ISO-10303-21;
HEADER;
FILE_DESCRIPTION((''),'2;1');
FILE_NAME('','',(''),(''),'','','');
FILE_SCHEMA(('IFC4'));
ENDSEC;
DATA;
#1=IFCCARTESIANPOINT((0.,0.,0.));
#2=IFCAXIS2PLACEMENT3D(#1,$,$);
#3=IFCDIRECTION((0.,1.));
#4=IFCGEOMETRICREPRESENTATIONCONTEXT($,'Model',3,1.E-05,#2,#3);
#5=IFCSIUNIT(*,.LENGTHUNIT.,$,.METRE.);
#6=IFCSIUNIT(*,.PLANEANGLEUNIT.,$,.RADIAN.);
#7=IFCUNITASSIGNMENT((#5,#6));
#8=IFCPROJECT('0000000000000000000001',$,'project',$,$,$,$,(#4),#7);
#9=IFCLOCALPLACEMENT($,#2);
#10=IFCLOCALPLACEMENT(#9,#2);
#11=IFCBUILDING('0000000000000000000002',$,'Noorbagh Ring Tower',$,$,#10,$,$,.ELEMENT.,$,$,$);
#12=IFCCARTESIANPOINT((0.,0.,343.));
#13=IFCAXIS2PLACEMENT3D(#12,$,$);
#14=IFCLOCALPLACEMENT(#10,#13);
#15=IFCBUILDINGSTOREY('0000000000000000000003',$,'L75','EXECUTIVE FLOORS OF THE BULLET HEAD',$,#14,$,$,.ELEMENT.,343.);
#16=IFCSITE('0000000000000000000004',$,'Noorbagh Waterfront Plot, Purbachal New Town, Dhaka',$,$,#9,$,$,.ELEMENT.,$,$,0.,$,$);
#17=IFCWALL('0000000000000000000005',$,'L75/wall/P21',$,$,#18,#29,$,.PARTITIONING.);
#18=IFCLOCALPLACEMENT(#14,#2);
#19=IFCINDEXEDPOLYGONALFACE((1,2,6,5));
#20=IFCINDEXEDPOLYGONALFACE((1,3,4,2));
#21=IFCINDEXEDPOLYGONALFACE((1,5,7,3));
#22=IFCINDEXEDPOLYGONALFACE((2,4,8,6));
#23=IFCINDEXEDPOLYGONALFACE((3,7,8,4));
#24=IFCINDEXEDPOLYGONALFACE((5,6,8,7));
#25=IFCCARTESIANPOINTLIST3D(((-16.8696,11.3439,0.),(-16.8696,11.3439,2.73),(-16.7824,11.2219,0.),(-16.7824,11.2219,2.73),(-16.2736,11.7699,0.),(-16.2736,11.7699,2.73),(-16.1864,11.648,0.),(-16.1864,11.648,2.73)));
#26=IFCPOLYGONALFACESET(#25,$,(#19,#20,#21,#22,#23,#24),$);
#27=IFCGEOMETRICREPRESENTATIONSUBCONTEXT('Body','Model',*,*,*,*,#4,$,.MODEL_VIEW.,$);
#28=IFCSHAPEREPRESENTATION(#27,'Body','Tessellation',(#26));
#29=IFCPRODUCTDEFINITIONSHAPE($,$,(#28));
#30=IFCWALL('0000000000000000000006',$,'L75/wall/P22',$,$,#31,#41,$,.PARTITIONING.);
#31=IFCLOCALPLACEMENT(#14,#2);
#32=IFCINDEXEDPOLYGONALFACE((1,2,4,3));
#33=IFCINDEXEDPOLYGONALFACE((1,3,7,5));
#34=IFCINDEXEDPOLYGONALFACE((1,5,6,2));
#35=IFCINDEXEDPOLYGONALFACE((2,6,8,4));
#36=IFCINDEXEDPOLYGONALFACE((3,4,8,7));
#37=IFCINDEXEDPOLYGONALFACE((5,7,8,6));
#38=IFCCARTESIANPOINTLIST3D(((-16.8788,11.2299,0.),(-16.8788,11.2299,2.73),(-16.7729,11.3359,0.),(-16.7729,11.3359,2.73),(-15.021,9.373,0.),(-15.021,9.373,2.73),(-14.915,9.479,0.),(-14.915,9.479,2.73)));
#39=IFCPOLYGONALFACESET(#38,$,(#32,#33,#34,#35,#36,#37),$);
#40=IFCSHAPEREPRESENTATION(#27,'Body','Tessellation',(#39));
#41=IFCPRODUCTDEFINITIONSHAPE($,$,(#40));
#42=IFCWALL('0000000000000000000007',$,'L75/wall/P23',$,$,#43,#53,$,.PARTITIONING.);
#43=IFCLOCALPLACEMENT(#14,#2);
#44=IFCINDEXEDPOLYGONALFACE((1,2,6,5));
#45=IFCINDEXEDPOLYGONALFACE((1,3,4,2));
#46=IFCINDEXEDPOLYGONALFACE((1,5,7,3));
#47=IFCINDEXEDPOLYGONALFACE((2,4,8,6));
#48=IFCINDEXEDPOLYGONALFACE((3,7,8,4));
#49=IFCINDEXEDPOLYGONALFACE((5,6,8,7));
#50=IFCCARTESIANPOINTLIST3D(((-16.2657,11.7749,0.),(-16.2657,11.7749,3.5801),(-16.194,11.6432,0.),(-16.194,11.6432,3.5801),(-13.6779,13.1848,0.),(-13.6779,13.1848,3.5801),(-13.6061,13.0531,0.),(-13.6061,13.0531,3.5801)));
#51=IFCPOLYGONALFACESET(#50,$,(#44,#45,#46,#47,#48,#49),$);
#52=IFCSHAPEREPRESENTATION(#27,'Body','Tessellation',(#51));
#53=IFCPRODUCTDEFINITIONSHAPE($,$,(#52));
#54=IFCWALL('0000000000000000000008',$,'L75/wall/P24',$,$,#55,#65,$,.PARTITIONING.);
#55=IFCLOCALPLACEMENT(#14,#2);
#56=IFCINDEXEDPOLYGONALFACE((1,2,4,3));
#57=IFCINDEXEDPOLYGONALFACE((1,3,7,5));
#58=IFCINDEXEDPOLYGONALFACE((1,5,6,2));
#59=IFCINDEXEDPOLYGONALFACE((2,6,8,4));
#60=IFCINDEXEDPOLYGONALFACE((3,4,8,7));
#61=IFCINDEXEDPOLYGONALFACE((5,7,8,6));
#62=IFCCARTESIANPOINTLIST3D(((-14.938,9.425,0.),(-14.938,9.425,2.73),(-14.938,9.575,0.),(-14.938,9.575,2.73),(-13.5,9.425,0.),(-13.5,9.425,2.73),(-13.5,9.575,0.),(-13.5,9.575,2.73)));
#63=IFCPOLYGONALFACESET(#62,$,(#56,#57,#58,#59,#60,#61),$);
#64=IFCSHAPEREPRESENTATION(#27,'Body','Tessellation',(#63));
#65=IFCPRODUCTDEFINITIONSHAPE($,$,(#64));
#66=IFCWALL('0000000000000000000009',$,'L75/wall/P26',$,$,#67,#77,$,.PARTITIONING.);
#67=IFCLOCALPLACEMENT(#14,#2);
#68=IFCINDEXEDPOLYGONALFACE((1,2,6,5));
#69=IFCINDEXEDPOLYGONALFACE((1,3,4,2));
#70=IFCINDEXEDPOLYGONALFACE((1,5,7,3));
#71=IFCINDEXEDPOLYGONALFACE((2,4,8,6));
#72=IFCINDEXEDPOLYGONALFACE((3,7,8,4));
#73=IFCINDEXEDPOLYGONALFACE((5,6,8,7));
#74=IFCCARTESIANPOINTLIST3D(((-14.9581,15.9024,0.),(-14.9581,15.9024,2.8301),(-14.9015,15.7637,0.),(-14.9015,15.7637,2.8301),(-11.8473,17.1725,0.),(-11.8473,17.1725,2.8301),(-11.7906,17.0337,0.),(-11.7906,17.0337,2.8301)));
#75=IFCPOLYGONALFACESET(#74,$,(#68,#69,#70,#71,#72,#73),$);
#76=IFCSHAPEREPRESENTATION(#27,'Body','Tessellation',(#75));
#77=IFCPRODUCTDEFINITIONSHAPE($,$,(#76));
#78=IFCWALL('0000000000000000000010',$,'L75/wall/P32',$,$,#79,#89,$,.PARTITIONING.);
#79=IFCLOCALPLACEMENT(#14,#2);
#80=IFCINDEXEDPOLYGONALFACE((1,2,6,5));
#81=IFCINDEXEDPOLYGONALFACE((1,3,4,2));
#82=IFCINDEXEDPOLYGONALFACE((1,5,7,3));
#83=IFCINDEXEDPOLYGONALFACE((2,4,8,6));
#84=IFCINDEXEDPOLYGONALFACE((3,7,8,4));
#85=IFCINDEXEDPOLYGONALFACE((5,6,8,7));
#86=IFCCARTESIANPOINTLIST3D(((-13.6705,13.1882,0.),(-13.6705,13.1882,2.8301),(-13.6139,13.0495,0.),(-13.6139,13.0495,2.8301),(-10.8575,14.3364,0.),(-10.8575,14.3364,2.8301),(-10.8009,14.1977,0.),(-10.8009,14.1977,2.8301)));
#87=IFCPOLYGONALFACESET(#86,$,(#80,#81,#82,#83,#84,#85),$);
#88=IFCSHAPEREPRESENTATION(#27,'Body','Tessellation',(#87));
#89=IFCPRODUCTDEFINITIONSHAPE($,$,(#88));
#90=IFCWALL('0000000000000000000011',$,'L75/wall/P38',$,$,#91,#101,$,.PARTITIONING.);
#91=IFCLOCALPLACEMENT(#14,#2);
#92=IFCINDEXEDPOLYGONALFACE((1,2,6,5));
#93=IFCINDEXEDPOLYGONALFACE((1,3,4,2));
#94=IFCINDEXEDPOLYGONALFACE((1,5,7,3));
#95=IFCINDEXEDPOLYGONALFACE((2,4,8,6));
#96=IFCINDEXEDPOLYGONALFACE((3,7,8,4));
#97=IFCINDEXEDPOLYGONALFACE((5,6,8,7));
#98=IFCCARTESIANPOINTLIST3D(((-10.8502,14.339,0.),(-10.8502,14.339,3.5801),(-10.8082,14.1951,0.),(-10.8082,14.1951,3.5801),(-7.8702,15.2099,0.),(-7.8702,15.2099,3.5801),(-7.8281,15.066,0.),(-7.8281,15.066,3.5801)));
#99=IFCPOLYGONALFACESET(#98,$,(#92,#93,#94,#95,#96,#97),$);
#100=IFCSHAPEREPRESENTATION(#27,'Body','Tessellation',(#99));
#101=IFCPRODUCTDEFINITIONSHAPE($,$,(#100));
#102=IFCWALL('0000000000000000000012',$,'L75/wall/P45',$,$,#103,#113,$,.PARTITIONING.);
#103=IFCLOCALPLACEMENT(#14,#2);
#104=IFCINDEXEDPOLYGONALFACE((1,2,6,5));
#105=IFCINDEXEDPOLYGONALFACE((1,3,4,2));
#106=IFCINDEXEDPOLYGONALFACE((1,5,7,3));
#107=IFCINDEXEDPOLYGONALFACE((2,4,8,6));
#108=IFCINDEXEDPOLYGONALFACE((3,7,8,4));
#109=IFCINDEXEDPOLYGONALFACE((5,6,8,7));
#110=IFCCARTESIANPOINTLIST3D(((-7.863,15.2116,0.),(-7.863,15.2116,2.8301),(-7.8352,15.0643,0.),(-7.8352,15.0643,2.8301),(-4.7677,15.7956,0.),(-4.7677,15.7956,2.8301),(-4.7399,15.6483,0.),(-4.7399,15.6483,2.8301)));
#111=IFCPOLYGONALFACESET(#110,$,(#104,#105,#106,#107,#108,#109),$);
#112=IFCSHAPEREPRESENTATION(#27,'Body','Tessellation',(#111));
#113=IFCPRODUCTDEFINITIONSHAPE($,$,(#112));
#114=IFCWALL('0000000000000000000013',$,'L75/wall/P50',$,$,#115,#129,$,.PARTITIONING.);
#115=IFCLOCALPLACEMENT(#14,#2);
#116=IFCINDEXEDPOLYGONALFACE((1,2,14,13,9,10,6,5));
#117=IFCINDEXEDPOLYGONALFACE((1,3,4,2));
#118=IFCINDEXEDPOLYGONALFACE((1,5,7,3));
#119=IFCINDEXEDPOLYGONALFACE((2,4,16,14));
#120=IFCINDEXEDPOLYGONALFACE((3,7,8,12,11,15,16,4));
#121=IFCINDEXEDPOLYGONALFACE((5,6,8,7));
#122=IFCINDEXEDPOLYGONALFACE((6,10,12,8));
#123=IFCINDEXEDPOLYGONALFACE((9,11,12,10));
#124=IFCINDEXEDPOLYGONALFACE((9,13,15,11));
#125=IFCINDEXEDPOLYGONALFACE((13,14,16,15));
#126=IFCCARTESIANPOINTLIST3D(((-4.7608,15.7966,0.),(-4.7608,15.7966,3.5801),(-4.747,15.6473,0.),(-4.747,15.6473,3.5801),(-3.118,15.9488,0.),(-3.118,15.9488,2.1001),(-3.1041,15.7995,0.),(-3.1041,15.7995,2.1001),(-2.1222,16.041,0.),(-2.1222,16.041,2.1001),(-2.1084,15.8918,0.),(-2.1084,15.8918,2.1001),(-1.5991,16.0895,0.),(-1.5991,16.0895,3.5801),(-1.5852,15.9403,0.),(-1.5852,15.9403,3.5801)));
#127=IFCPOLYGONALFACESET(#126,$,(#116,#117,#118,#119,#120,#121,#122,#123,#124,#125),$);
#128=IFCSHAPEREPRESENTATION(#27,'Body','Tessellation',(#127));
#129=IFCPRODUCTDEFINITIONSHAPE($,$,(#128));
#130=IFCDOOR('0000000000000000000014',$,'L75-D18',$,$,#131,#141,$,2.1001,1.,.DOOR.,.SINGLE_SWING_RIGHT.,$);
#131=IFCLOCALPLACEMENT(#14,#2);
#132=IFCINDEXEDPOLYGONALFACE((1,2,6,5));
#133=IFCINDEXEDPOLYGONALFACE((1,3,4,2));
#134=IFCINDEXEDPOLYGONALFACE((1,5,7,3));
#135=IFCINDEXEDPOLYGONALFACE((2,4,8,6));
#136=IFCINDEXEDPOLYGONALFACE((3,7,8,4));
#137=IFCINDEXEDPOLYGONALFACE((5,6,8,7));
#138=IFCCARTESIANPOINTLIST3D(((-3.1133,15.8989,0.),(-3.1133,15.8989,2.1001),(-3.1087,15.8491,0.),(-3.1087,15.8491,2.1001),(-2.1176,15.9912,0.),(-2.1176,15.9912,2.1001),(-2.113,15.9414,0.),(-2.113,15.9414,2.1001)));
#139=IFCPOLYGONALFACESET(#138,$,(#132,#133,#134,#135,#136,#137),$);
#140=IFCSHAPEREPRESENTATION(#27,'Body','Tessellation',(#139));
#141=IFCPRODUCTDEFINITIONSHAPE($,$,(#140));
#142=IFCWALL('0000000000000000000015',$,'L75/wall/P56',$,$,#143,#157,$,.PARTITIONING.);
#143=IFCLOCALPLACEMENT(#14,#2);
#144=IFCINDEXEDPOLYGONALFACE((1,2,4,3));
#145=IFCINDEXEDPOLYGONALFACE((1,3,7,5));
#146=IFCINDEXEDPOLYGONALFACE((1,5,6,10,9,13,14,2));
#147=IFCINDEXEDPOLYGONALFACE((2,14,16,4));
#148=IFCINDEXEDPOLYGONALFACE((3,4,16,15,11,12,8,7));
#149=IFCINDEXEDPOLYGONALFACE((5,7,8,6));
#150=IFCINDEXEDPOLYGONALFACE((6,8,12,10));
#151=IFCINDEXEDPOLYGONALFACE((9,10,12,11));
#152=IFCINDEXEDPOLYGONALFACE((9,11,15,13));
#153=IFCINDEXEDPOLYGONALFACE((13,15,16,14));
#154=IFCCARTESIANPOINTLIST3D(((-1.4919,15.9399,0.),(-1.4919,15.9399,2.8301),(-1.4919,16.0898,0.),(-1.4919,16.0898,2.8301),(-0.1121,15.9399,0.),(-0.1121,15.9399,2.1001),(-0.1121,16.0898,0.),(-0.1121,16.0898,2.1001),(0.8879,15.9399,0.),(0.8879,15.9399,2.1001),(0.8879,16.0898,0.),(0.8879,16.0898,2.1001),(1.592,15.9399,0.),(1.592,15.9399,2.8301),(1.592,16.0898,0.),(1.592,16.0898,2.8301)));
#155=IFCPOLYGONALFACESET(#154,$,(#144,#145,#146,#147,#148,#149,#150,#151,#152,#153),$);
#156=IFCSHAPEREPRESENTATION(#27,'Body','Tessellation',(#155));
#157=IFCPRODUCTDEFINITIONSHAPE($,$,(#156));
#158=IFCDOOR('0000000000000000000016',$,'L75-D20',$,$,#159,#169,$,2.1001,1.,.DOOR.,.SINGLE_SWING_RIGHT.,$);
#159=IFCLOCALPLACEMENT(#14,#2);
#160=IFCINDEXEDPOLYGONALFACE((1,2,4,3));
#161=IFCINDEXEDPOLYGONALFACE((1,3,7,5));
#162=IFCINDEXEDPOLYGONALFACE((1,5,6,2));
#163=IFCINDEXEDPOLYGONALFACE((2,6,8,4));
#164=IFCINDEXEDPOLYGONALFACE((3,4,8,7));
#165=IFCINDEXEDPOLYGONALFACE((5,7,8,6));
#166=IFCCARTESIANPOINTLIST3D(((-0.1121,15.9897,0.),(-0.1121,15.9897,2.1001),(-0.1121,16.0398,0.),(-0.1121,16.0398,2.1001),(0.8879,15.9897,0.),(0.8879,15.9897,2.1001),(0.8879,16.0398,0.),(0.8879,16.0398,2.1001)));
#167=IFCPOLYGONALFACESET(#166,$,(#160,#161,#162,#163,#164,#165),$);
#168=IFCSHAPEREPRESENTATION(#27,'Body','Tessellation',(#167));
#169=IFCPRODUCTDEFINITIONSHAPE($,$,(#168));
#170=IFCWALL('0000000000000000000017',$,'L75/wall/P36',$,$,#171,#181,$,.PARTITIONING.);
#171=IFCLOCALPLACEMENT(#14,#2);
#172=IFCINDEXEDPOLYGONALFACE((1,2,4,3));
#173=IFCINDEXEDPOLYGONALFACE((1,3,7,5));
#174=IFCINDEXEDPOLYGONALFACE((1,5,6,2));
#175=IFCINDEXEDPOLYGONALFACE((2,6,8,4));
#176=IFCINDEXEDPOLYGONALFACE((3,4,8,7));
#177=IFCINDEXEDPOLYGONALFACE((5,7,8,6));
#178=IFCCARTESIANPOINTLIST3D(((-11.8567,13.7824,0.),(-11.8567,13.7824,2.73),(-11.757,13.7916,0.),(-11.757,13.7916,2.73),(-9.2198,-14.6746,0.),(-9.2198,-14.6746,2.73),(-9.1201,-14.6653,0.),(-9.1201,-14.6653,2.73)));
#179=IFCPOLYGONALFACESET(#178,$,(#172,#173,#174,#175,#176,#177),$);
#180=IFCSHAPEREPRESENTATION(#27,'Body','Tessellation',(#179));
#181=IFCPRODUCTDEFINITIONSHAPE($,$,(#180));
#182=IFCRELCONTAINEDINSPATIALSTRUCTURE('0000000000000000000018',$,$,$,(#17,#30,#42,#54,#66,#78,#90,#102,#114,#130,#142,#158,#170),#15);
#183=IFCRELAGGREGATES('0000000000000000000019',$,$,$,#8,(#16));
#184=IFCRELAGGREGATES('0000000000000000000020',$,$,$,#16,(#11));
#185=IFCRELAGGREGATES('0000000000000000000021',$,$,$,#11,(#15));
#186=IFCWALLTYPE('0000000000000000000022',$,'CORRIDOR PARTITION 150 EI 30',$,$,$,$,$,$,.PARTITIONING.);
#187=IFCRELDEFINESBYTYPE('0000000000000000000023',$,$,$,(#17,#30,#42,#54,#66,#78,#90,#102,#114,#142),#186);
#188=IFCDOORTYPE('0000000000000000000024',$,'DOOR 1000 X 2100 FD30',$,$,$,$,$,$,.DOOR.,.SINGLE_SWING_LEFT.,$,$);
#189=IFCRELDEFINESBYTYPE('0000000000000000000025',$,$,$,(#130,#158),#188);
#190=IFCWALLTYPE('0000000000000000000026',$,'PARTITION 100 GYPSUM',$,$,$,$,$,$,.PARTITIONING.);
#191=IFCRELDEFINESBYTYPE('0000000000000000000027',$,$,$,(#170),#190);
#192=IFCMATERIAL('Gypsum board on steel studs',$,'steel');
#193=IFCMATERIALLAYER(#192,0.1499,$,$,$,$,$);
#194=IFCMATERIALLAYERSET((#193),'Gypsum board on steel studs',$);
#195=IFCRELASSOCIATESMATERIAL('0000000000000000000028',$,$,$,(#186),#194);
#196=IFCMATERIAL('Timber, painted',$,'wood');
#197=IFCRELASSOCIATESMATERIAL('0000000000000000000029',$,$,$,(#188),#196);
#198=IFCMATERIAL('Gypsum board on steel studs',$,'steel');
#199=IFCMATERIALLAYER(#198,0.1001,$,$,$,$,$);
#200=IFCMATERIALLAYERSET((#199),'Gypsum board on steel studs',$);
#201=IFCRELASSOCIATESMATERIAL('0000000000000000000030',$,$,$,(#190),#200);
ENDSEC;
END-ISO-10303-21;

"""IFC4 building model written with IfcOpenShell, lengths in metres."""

from ifc_helpers import new_model, si_unit, direction, frame, frame_2d, origin, place, context, subcontext, project, spatial, rectangle, extrude, material, layer, layer_set, type_object, element, fill, save


model = new_model("IFC4")

# Units and contexts
model_context = context("Model", 3, precision=1e-05, world=origin(), true_north=direction((0.0, 1.0)))
body_context = subcontext(model_context, "Body", "Model", "MODEL_VIEW")
ifc_project = project(units=[si_unit("LENGTHUNIT", "METRE"), si_unit("PLANEANGLEUNIT", "RADIAN")], contexts=[model_context])

# Site, building, storey
site_placement = place(None, origin())
site = spatial("IfcSite", under=ifc_project, at=site_placement, Name="Noorbagh Waterfront Plot, Purbachal New Town, Dhaka", CompositionType="ELEMENT", RefElevation=0.0)
building_placement = place(site_placement, origin())
building = spatial("IfcBuilding", under=site, at=building_placement, Name="Noorbagh Ring Tower", CompositionType="ELEMENT")
storey_placement = place(building_placement, frame((0.0, 0.0, 343.0)))
storey = spatial("IfcBuildingStorey", under=building, at=storey_placement, Name="L75", Description="EXECUTIVE FLOORS OF THE BULLET HEAD", CompositionType="ELEMENT", Elevation=343.0)

# Walls
ifc_material_1 = material(Name="Gypsum board on steel studs", Category="steel")
ifc_layer_1 = layer(ifc_material_1, 0.1499)
ifc_layer_set_1 = layer_set([ifc_layer_1], Name="Gypsum board on steel studs")
wall_type_1 = type_object("IfcWallType", Name="CORRIDOR PARTITION 150 EI 30", PredefinedType="PARTITIONING", material=ifc_layer_set_1)
wall_1_placement = place(storey_placement, frame((-16.8259, 11.283, 0.0), z_axis=(0.0, 0.0, 1.0), x_axis=(0.813508, 0.581553, 0.0)))
element("IfcWall", 1, at=wall_1_placement, inside=storey, type_object=wall_type_1, Name="L75/wall/P21", PredefinedType="PARTITIONING", context=body_context, shape_type="SweptSolid", body=[
    extrude(rectangle(XDim=0.7327, YDim=0.1499, at=frame_2d((0.3662, 0.0))), origin(), (0.0, 0.0, 1.0), 2.73),
])
wall_2_placement = place(storey_placement, frame((-16.8259, 11.283, 0.0), z_axis=(0.0, 0.0, 1.0), x_axis=(0.707293, -0.706921, 0.0)))
element("IfcWall", 2, at=wall_2_placement, inside=storey, type_object=wall_type_1, Name="L75/wall/P22", PredefinedType="PARTITIONING", context=body_context, shape_type="SweptSolid", body=[
    extrude(rectangle(XDim=2.6267, YDim=0.1499, at=frame_2d((1.3135, 0.0))), origin(), (0.0, 0.0, 1.0), 2.73),
])
wall_3_placement = place(storey_placement, frame((-16.23, 11.709, 0.0), z_axis=(0.0, 0.0, 1.0), x_axis=(0.878133, 0.478417, 0.0)))
element("IfcWall", 3, at=wall_3_placement, inside=storey, type_object=wall_type_1, Name="L75/wall/P23", PredefinedType="PARTITIONING", context=body_context, shape_type="SweptSolid", body=[
    extrude(rectangle(XDim=2.947, YDim=0.1499, at=frame_2d((1.4736, 0.0))), origin(), (0.0, 0.0, 1.0), 3.5801),
])
wall_4_placement = place(storey_placement, frame((-14.938, 9.5, 0.0), z_axis=(0.0, 0.0, 1.0), x_axis=(1.0, 0.0, 0.0)))
element("IfcWall", 4, at=wall_4_placement, inside=storey, type_object=wall_type_1, Name="L75/wall/P24", PredefinedType="PARTITIONING", context=body_context, shape_type="SweptSolid", body=[
    extrude(rectangle(XDim=1.438, YDim=0.1499, at=frame_2d((0.719, 0.0))), origin(), (0.0, 0.0, 1.0), 2.73),
])
wall_5_placement = place(storey_placement, frame((-14.9299, 15.833, 0.0), z_axis=(0.0, 0.0, 1.0), x_axis=(0.925818, 0.377971, 0.0)))
element("IfcWall", 5, at=wall_5_placement, inside=storey, type_object=wall_type_1, Name="L75/wall/P26", PredefinedType="PARTITIONING", context=body_context, shape_type="SweptSolid", body=[
    extrude(rectangle(XDim=3.3601, YDim=0.1499, at=frame_2d((1.6802, 0.0))), origin(), (0.0, 0.0, 1.0), 2.8301),
])
wall_6_placement = place(storey_placement, frame((-13.6421, 13.1189, 0.0), z_axis=(0.0, 0.0, 1.0), x_axis=(0.925844, 0.377907, 0.0)))
element("IfcWall", 6, at=wall_6_placement, inside=storey, type_object=wall_type_1, Name="L75/wall/P32", PredefinedType="PARTITIONING", context=body_context, shape_type="SweptSolid", body=[
    extrude(rectangle(XDim=3.0383, YDim=0.1499, at=frame_2d((1.519, 0.0))), origin(), (0.0, 0.0, 1.0), 2.8301),
])
wall_7_placement = place(storey_placement, frame((-10.8291, 14.2671, 0.0), z_axis=(0.0, 0.0, 1.0), x_axis=(0.959854, 0.280501, 0.0)))
element("IfcWall", 7, at=wall_7_placement, inside=storey, type_object=wall_type_1, Name="L75/wall/P38", PredefinedType="PARTITIONING", context=body_context, shape_type="SweptSolid", body=[
    extrude(rectangle(XDim=3.1047, YDim=0.1499, at=frame_2d((1.5522, 0.0))), origin(), (0.0, 0.0, 1.0), 3.5801),
])
wall_8_placement = place(storey_placement, frame((-7.8491, 15.1379, 0.0), z_axis=(0.0, 0.0, 1.0), x_axis=(0.982663, 0.185402, 0.0)))
element("IfcWall", 8, at=wall_8_placement, inside=storey, type_object=wall_type_1, Name="L75/wall/P45", PredefinedType="PARTITIONING", context=body_context, shape_type="SweptSolid", body=[
    extrude(rectangle(XDim=3.1499, YDim=0.1499, at=frame_2d((1.575, 0.0))), origin(), (0.0, 0.0, 1.0), 2.8301),
])

# Walls, openings, doors
wall_9_placement = place(storey_placement, frame((-4.7539, 15.7219, 0.0), z_axis=(0.0, 0.0, 1.0), x_axis=(0.995735, 0.092262, 0.0)))
wall_9 = element("IfcWall", 9, at=wall_9_placement, inside=storey, type_object=wall_type_1, Name="L75/wall/P50", PredefinedType="PARTITIONING", context=body_context, shape_type="SweptSolid", body=[
    extrude(rectangle(XDim=3.1753, YDim=0.1499, at=frame_2d((1.5876, 0.0))), origin(), (0.0, 0.0, 1.0), 3.5801),
])
opening_1_placement = place(wall_9_placement, frame((1.6499, 0.0, 0.0)))
opening_1 = element("IfcOpeningElement", 10, at=opening_1_placement, cuts=wall_9, PredefinedType="OPENING", context=body_context, shape_type="SweptSolid", body=[
    extrude(rectangle(XDim=1.0, YDim=2.1001, at=frame_2d((0.5, 1.05))), frame((0.0, 0.085, 0.0), z_axis=(0.0, -1.0, 0.0), x_axis=(1.0, 0.0, 0.0)), (0.0, 0.0, 1.0), 0.1699),
])
ifc_material_2 = material(Name="Timber, painted", Category="wood")
door_type_1 = type_object("IfcDoorType", Name="DOOR 1000 X 2100 FD30", OperationType="SINGLE_SWING_LEFT", PredefinedType="DOOR", material=ifc_material_2)
door_1_placement = place(opening_1_placement, origin())
door_1 = element("IfcDoor", 11, at=door_1_placement, inside=storey, type_object=door_type_1, Name="L75-D18", OperationType="SINGLE_SWING_RIGHT", OverallHeight=2.1001, OverallWidth=1.0, PredefinedType="DOOR", context=body_context, shape_type="SweptSolid", body=[
    extrude(rectangle(XDim=1.0, YDim=2.1001, at=frame_2d((0.5, 1.05))), frame((0.0, 0.0249, 0.0), z_axis=(0.0, -1.0, 0.0), x_axis=(1.0, 0.0, 0.0)), (0.0, 0.0, 1.0), 0.05),
])
fill(opening_1, door_1)
wall_10_placement = place(storey_placement, frame((-1.4919, 16.0149, 0.0), z_axis=(0.0, 0.0, 1.0), x_axis=(1.0, 0.0, 0.0)))
wall_10 = element("IfcWall", 12, at=wall_10_placement, inside=storey, type_object=wall_type_1, Name="L75/wall/P56", PredefinedType="PARTITIONING", context=body_context, shape_type="SweptSolid", body=[
    extrude(rectangle(XDim=3.084, YDim=0.1499, at=frame_2d((1.542, 0.0))), origin(), (0.0, 0.0, 1.0), 2.8301),
])
opening_2_placement = place(wall_10_placement, frame((1.3799, 0.0, 0.0)))
opening_2 = element("IfcOpeningElement", 13, at=opening_2_placement, cuts=wall_10, PredefinedType="OPENING", context=body_context, shape_type="SweptSolid", body=[
    extrude(rectangle(XDim=1.0, YDim=2.1001, at=frame_2d((0.5, 1.05))), frame((0.0, 0.085, 0.0), z_axis=(0.0, -1.0, 0.0), x_axis=(1.0, 0.0, 0.0)), (0.0, 0.0, 1.0), 0.1699),
])
door_2_placement = place(opening_2_placement, origin())
door_2 = element("IfcDoor", 14, at=door_2_placement, inside=storey, type_object=door_type_1, Name="L75-D20", OperationType="SINGLE_SWING_RIGHT", OverallHeight=2.1001, OverallWidth=1.0, PredefinedType="DOOR", context=body_context, shape_type="SweptSolid", body=[
    extrude(rectangle(XDim=1.0, YDim=2.1001, at=frame_2d((0.5, 1.05))), frame((0.0, 0.0249, 0.0), z_axis=(0.0, -1.0, 0.0), x_axis=(1.0, 0.0, 0.0)), (0.0, 0.0, 1.0), 0.05),
])
fill(opening_2, door_2)

# Wall
ifc_material_3 = material(Name="Gypsum board on steel studs", Category="steel")
ifc_layer_2 = layer(ifc_material_3, 0.1001)
ifc_layer_set_2 = layer_set([ifc_layer_2], Name="Gypsum board on steel studs")
wall_type_2 = type_object("IfcWallType", Name="PARTITION 100 GYPSUM", PredefinedType="PARTITIONING", material=ifc_layer_set_2)
wall_11_placement = place(storey_placement, frame((-11.8069, 13.7871, 0.0), z_axis=(0.0, 0.0, 1.0), x_axis=(0.092269, -0.995734, 0.0)))
element("IfcWall", 15, at=wall_11_placement, inside=storey, type_object=wall_type_2, Name="L75/wall/P36", PredefinedType="PARTITIONING", context=body_context, shape_type="SweptSolid", body=[
    extrude(rectangle(XDim=28.5789, YDim=0.1001, at=frame_2d((14.2896, 0.0))), origin(), (0.0, 0.0, 1.0), 2.73),
])

save(model, "model.ifc")
